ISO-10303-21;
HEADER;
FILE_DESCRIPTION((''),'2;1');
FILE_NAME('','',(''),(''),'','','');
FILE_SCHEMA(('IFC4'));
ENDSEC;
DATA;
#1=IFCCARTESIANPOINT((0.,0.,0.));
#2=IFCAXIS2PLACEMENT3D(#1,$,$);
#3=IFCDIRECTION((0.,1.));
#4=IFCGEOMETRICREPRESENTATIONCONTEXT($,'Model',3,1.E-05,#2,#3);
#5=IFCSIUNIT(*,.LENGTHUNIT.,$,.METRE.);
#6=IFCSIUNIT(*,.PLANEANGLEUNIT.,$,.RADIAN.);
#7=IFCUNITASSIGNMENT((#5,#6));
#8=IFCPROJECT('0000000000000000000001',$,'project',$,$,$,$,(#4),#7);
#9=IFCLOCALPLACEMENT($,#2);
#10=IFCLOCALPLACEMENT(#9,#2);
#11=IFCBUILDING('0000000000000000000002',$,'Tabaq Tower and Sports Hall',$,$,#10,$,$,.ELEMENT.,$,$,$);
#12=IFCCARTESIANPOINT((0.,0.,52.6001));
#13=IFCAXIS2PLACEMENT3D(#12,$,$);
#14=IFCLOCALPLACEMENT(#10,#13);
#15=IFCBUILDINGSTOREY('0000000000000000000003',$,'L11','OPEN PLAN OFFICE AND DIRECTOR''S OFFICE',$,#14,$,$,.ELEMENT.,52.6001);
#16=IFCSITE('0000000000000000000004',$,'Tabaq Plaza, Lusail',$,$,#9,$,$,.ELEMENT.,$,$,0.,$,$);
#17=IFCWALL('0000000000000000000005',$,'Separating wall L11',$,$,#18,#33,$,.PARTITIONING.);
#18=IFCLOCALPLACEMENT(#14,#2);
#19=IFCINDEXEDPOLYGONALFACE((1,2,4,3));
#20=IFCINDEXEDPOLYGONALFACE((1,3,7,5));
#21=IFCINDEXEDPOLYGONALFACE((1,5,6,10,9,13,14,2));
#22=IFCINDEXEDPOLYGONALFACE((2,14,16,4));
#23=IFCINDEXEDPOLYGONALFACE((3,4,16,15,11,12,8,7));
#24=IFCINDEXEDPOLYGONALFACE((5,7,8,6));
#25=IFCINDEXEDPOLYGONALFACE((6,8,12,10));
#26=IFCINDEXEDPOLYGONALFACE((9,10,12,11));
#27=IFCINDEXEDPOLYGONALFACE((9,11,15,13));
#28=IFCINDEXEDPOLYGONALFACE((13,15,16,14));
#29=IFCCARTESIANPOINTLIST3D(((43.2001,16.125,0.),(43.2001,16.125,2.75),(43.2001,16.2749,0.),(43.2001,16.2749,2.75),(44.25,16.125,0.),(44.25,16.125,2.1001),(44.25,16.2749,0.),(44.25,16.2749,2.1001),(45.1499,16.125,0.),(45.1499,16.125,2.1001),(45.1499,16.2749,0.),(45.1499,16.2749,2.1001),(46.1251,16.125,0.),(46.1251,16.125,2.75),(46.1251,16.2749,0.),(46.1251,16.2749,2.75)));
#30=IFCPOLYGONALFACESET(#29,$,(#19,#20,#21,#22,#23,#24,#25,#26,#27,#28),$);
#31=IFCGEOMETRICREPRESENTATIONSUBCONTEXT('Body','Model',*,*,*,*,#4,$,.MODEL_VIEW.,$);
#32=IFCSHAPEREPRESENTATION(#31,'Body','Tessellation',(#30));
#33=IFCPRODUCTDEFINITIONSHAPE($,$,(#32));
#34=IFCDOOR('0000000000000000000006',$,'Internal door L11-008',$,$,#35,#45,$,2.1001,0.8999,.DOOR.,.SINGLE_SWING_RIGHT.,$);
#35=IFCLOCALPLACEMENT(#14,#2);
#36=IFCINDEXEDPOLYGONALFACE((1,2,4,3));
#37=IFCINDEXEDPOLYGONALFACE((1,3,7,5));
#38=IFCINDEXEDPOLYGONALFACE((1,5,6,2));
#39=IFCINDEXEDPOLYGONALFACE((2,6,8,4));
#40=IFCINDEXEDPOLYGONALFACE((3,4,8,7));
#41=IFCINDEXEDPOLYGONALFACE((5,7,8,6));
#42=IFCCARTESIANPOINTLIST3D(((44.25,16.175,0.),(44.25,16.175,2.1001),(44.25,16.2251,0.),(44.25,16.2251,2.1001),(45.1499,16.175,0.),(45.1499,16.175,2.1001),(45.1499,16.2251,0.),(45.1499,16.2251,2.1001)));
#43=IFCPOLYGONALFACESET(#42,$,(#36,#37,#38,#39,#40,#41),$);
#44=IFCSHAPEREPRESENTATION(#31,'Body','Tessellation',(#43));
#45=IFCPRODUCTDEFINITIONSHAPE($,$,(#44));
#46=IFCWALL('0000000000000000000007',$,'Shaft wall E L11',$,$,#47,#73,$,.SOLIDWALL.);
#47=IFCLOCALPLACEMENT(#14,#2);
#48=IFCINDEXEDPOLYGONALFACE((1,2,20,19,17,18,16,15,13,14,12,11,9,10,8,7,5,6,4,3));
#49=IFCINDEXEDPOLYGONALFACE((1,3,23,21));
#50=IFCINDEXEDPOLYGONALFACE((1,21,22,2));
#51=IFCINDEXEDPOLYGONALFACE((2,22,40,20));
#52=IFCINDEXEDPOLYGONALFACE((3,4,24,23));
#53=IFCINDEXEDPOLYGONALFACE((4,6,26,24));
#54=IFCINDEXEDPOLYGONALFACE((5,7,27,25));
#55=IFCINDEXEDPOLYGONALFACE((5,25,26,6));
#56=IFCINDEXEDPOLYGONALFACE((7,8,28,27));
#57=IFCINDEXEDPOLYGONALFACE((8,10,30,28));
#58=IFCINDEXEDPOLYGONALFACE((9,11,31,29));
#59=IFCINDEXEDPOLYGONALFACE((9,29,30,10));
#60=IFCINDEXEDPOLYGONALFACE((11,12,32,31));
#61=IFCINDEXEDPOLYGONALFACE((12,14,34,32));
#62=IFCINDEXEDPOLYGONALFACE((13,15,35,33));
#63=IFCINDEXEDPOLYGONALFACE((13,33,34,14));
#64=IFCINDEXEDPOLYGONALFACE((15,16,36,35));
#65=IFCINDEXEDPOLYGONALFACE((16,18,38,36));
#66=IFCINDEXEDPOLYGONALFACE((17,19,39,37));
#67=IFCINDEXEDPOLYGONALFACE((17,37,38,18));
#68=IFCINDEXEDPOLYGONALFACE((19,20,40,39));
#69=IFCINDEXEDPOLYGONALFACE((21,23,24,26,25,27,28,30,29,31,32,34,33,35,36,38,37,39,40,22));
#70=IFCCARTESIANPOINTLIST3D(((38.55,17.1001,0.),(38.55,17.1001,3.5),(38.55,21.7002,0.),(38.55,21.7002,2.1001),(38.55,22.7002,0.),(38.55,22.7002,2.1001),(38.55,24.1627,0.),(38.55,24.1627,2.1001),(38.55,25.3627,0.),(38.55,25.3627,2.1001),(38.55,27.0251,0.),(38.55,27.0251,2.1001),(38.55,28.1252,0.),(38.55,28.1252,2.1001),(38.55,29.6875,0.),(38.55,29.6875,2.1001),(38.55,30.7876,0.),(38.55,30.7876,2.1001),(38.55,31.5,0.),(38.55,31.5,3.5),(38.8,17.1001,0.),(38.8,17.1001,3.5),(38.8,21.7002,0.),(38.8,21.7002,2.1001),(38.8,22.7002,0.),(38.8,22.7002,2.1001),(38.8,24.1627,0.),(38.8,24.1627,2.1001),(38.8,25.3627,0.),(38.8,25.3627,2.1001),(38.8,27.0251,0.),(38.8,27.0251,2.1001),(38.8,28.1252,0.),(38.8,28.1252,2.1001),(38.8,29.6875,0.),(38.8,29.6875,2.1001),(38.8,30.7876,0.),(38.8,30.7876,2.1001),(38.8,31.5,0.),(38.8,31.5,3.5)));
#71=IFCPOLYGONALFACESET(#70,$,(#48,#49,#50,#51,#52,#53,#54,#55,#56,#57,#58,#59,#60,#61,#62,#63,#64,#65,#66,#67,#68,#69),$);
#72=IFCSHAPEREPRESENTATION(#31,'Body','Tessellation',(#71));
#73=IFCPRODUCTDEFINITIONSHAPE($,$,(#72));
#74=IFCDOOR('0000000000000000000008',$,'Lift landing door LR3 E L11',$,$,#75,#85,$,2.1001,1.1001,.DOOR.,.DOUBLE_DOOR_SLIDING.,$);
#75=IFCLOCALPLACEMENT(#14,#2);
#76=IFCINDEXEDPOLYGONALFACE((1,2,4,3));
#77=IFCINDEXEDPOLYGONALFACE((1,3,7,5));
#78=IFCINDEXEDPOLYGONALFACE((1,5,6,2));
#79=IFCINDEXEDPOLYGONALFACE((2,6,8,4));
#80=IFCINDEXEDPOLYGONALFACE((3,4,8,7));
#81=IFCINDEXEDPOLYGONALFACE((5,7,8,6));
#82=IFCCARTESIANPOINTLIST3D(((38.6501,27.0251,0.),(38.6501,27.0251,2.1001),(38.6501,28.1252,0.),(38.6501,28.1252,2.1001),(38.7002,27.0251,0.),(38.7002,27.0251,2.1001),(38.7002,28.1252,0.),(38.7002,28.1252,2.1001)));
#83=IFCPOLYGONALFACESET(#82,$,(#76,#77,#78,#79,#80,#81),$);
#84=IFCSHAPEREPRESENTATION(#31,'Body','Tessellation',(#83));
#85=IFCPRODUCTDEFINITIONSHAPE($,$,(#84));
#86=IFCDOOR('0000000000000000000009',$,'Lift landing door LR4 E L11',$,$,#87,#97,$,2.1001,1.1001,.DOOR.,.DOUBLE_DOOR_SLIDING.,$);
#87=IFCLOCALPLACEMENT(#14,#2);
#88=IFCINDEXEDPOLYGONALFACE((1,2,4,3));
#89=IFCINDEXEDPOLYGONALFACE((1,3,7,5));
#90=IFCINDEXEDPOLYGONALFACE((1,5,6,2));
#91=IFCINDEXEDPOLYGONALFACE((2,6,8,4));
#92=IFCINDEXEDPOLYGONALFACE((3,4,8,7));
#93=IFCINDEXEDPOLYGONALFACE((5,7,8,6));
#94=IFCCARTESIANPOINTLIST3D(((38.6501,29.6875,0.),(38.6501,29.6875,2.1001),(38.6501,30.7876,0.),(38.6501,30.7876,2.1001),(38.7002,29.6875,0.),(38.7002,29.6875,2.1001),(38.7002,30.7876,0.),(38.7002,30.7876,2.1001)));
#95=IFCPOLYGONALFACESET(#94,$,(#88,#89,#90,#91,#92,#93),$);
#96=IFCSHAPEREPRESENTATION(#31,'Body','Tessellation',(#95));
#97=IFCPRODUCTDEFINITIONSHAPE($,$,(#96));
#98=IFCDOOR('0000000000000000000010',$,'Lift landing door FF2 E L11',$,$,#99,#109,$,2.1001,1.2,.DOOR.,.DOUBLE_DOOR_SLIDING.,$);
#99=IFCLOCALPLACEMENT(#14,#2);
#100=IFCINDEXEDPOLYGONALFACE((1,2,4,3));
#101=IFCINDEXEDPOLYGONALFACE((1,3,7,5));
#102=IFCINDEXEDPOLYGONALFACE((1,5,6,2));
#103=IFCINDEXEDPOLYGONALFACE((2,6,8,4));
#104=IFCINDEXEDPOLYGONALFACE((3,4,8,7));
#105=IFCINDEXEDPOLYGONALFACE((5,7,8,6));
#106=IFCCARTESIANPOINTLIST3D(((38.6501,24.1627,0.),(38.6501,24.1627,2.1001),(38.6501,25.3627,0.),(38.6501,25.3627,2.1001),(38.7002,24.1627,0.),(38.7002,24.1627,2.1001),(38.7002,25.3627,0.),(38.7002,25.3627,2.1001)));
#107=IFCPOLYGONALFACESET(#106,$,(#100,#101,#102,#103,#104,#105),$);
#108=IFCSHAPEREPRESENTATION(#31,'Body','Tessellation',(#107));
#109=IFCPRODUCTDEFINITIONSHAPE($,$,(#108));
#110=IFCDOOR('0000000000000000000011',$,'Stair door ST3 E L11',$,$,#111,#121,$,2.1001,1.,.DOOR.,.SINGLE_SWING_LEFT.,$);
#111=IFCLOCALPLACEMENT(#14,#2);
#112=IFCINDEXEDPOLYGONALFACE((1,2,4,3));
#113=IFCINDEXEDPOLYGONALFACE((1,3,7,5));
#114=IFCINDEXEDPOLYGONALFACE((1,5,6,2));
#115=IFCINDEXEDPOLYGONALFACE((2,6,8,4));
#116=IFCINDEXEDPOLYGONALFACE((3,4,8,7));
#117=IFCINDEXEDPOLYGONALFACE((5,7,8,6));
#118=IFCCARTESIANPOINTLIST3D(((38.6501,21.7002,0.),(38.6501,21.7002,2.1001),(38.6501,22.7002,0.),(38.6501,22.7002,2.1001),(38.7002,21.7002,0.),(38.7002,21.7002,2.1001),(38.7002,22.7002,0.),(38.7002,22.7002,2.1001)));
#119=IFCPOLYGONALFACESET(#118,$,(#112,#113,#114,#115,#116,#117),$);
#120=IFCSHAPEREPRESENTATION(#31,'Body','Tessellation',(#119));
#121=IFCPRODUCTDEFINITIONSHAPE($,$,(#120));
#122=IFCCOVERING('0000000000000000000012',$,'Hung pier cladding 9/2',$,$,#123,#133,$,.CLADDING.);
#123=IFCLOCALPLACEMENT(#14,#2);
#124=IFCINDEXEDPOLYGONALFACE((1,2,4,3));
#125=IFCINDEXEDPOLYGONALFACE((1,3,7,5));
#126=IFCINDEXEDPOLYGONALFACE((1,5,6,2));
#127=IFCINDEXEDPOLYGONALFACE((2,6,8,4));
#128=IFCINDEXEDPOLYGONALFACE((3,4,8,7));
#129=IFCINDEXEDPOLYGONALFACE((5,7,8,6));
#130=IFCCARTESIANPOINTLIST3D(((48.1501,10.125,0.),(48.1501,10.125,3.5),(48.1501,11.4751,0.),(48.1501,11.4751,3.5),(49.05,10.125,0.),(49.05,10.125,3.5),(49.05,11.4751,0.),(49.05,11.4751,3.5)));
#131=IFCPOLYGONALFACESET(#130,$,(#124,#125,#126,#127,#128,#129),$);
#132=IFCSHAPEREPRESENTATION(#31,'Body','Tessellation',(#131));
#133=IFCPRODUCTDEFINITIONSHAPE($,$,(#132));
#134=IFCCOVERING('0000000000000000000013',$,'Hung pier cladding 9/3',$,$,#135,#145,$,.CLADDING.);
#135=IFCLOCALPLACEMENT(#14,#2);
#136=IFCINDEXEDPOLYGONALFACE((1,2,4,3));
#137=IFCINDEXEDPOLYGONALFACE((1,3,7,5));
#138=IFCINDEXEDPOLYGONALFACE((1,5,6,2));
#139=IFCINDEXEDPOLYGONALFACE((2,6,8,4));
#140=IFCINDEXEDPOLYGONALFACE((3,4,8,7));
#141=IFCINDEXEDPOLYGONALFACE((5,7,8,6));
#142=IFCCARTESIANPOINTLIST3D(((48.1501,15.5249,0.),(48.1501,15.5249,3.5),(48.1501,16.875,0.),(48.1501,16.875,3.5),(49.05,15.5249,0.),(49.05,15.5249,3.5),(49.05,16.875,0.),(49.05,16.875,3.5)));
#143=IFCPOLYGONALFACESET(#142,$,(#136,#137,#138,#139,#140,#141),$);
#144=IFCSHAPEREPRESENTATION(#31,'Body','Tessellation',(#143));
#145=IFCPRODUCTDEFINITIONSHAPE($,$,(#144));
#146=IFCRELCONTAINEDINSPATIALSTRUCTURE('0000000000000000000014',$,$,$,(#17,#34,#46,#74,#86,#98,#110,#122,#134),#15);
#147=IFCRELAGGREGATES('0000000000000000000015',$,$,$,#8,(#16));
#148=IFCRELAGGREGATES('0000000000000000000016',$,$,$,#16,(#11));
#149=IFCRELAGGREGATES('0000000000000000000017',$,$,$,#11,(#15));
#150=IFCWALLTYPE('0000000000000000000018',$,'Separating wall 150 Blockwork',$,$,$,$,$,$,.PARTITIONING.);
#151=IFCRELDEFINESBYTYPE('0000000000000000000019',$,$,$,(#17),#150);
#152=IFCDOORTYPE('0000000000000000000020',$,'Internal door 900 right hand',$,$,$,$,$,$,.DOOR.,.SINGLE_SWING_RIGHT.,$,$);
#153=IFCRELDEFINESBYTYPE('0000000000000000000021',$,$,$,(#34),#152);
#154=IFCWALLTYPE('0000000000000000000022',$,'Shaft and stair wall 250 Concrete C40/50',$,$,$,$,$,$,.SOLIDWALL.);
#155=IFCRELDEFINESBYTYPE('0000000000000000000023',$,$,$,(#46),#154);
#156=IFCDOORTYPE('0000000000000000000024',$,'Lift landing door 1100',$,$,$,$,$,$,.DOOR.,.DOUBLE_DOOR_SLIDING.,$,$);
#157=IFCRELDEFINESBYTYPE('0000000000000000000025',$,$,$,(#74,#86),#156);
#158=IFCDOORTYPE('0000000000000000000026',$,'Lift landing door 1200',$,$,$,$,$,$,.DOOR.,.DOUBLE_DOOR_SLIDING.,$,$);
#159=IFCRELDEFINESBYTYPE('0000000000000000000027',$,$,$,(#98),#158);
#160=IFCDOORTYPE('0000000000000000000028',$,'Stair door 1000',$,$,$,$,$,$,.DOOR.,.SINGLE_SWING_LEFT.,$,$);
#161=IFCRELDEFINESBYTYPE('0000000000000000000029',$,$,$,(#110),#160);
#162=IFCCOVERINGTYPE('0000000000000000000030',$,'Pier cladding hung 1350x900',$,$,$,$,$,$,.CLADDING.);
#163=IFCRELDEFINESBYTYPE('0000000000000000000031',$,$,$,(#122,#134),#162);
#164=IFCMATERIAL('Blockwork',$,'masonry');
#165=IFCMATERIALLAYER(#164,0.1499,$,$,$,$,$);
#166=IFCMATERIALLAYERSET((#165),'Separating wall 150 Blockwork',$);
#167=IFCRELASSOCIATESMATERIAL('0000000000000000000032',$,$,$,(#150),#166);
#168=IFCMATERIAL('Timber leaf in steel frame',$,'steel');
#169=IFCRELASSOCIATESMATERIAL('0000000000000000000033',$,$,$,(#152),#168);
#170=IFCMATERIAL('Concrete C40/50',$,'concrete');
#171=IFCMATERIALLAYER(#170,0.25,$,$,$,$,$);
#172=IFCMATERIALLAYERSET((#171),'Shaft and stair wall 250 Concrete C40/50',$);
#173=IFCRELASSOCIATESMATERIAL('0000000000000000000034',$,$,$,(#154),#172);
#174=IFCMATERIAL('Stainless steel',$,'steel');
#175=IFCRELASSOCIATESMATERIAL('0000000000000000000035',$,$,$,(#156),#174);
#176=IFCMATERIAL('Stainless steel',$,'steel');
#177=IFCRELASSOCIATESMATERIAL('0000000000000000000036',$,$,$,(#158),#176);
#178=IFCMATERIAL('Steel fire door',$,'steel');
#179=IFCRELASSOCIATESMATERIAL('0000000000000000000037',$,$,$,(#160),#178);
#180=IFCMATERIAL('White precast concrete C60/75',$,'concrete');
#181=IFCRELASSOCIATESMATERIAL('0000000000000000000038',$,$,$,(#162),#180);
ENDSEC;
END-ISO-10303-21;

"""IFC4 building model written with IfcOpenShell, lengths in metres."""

from ifc_helpers import new_model, si_unit, direction, frame, frame_2d, origin, place, context, subcontext, project, spatial, rectangle, extrude, material, layer, layer_set, type_object, element, fill, save


model = new_model("IFC4")

# Units and contexts
model_context = context("Model", 3, precision=1e-05, world=origin(), true_north=direction((0.0, 1.0)))
body_context = subcontext(model_context, "Body", "Model", "MODEL_VIEW")
ifc_project = project(units=[si_unit("LENGTHUNIT", "METRE"), si_unit("PLANEANGLEUNIT", "RADIAN")], contexts=[model_context])

# Site, building, storey
site_placement = place(None, origin())
site = spatial("IfcSite", under=ifc_project, at=site_placement, Name="Tabaq Plaza, Lusail", CompositionType="ELEMENT", RefElevation=0.0)
building_placement = place(site_placement, origin())
building = spatial("IfcBuilding", under=site, at=building_placement, Name="Tabaq Tower and Sports Hall", CompositionType="ELEMENT")
storey_placement = place(building_placement, frame((0.0, 0.0, 52.6001)))
storey = spatial("IfcBuildingStorey", under=building, at=storey_placement, Name="L11", Description="OPEN PLAN OFFICE AND DIRECTOR'S OFFICE", CompositionType="ELEMENT", Elevation=52.6001)

# Wall, opening, door
ifc_material_1 = material(Name="Blockwork", Category="masonry")
ifc_layer_1 = layer(ifc_material_1, 0.1499)
ifc_layer_set_1 = layer_set([ifc_layer_1], Name="Separating wall 150 Blockwork")
wall_type_1 = type_object("IfcWallType", Name="Separating wall 150 Blockwork", PredefinedType="PARTITIONING", material=ifc_layer_set_1)
wall_1_placement = place(storey_placement, frame((46.125, 16.2, 0.0), z_axis=(0.0, 0.0, 1.0), x_axis=(-1.0, 0.0, 0.0)))
wall_1 = element("IfcWall", 1, at=wall_1_placement, inside=storey, type_object=wall_type_1, Name="Separating wall L11", PredefinedType="PARTITIONING", context=body_context, shape_type="SweptSolid", body=[
    extrude(rectangle(XDim=2.925, YDim=0.1499, at=frame_2d((1.4624, 0.0))), origin(), (0.0, 0.0, 1.0), 2.75),
])
opening_1_placement = place(wall_1_placement, frame((0.9751, 0.0, 0.0)))
opening_1 = element("IfcOpeningElement", 2, at=opening_1_placement, cuts=wall_1, PredefinedType="OPENING", context=body_context, shape_type="SweptSolid", body=[
    extrude(rectangle(XDim=0.8999, YDim=2.1001, at=frame_2d((0.45, 1.05))), frame((0.0, 0.075, 0.0), z_axis=(0.0, -1.0, 0.0), x_axis=(1.0, 0.0, 0.0)), (0.0, 0.0, 1.0), 0.1499),
])
ifc_material_2 = material(Name="Timber leaf in steel frame", Category="steel")
door_type_1 = type_object("IfcDoorType", Name="Internal door 900 right hand", OperationType="SINGLE_SWING_RIGHT", PredefinedType="DOOR", material=ifc_material_2)
door_1_placement = place(opening_1_placement, origin())
door_1 = element("IfcDoor", 3, at=door_1_placement, inside=storey, type_object=door_type_1, Name="Internal door L11-008", OperationType="SINGLE_SWING_RIGHT", OverallHeight=2.1001, OverallWidth=0.8999, PredefinedType="DOOR", context=body_context, shape_type="SweptSolid", body=[
    extrude(rectangle(XDim=0.8999, YDim=2.1001, at=frame_2d((0.45, 1.05))), frame((0.0, 0.0249, 0.0), z_axis=(0.0, -1.0, 0.0), x_axis=(1.0, 0.0, 0.0)), (0.0, 0.0, 1.0), 0.05),
])
fill(opening_1, door_1)

# Wall, openings, doors
ifc_material_3 = material(Name="Concrete C40/50", Category="concrete")
ifc_layer_2 = layer(ifc_material_3, 0.25)
ifc_layer_set_2 = layer_set([ifc_layer_2], Name="Shaft and stair wall 250 Concrete C40/50")
wall_type_2 = type_object("IfcWallType", Name="Shaft and stair wall 250 Concrete C40/50", PredefinedType="SOLIDWALL", material=ifc_layer_set_2)
wall_2_placement = place(storey_placement, frame((38.675, 17.1001, 0.0), z_axis=(0.0, 0.0, 1.0), x_axis=(0.0, 1.0, 0.0)))
wall_2 = element("IfcWall", 4, at=wall_2_placement, inside=storey, type_object=wall_type_2, Name="Shaft wall E L11", PredefinedType="SOLIDWALL", context=body_context, shape_type="SweptSolid", body=[
    extrude(rectangle(XDim=14.3999, YDim=0.25, at=frame_2d((7.2, 0.0))), origin(), (0.0, 0.0, 1.0), 3.5),
])
opening_2_placement = place(wall_2_placement, frame((4.6001, 0.0, 0.0)))
opening_2 = element("IfcOpeningElement", 5, at=opening_2_placement, cuts=wall_2, PredefinedType="OPENING", context=body_context, shape_type="SweptSolid", body=[
    extrude(rectangle(XDim=1.0, YDim=2.1001, at=frame_2d((0.5, 1.05))), frame((0.0, 0.125, 0.0), z_axis=(0.0, -1.0, 0.0), x_axis=(1.0, 0.0, 0.0)), (0.0, 0.0, 1.0), 0.25),
])
opening_3_placement = place(wall_2_placement, frame((7.0625, 0.0, 0.0)))
opening_3 = element("IfcOpeningElement", 6, at=opening_3_placement, cuts=wall_2, PredefinedType="OPENING", context=body_context, shape_type="SweptSolid", body=[
    extrude(rectangle(XDim=1.2, YDim=2.1001, at=frame_2d((0.6001, 1.05))), frame((0.0, 0.125, 0.0), z_axis=(0.0, -1.0, 0.0), x_axis=(1.0, 0.0, 0.0)), (0.0, 0.0, 1.0), 0.25),
])
opening_4_placement = place(wall_2_placement, frame((9.925, 0.0, 0.0)))
opening_4 = element("IfcOpeningElement", 7, at=opening_4_placement, cuts=wall_2, PredefinedType="OPENING", context=body_context, shape_type="SweptSolid", body=[
    extrude(rectangle(XDim=1.1001, YDim=2.1001, at=frame_2d((0.55, 1.05))), frame((0.0, 0.125, 0.0), z_axis=(0.0, -1.0, 0.0), x_axis=(1.0, 0.0, 0.0)), (0.0, 0.0, 1.0), 0.25),
])
opening_5_placement = place(wall_2_placement, frame((12.5874, 0.0, 0.0)))
opening_5 = element("IfcOpeningElement", 8, at=opening_5_placement, cuts=wall_2, PredefinedType="OPENING", context=body_context, shape_type="SweptSolid", body=[
    extrude(rectangle(XDim=1.1001, YDim=2.1001, at=frame_2d((0.55, 1.05))), frame((0.0, 0.125, 0.0), z_axis=(0.0, -1.0, 0.0), x_axis=(1.0, 0.0, 0.0)), (0.0, 0.0, 1.0), 0.25),
])
ifc_material_4 = material(Name="Stainless steel", Category="steel")
door_type_2 = type_object("IfcDoorType", Name="Lift landing door 1100", OperationType="DOUBLE_DOOR_SLIDING", PredefinedType="DOOR", material=ifc_material_4)
door_2_placement = place(opening_4_placement, origin())
door_2 = element("IfcDoor", 9, at=door_2_placement, inside=storey, type_object=door_type_2, Name="Lift landing door LR3 E L11", OperationType="DOUBLE_DOOR_SLIDING", OverallHeight=2.1001, OverallWidth=1.1001, PredefinedType="DOOR", context=body_context, shape_type="SweptSolid", body=[
    extrude(rectangle(XDim=1.1001, YDim=2.1001, at=frame_2d((0.55, 1.05))), frame((0.0, 0.0249, 0.0), z_axis=(0.0, -1.0, 0.0), x_axis=(1.0, 0.0, 0.0)), (0.0, 0.0, 1.0), 0.05),
])
fill(opening_4, door_2)
door_3_placement = place(opening_5_placement, origin())
door_3 = element("IfcDoor", 10, at=door_3_placement, inside=storey, type_object=door_type_2, Name="Lift landing door LR4 E L11", OperationType="DOUBLE_DOOR_SLIDING", OverallHeight=2.1001, OverallWidth=1.1001, PredefinedType="DOOR", context=body_context, shape_type="SweptSolid", body=[
    extrude(rectangle(XDim=1.1001, YDim=2.1001, at=frame_2d((0.55, 1.05))), frame((0.0, 0.0249, 0.0), z_axis=(0.0, -1.0, 0.0), x_axis=(1.0, 0.0, 0.0)), (0.0, 0.0, 1.0), 0.05),
])
fill(opening_5, door_3)
ifc_material_5 = material(Name="Stainless steel", Category="steel")
door_type_3 = type_object("IfcDoorType", Name="Lift landing door 1200", OperationType="DOUBLE_DOOR_SLIDING", PredefinedType="DOOR", material=ifc_material_5)
door_4_placement = place(opening_3_placement, origin())
door_4 = element("IfcDoor", 11, at=door_4_placement, inside=storey, type_object=door_type_3, Name="Lift landing door FF2 E L11", OperationType="DOUBLE_DOOR_SLIDING", OverallHeight=2.1001, OverallWidth=1.2, PredefinedType="DOOR", context=body_context, shape_type="SweptSolid", body=[
    extrude(rectangle(XDim=1.2, YDim=2.1001, at=frame_2d((0.6001, 1.05))), frame((0.0, 0.0249, 0.0), z_axis=(0.0, -1.0, 0.0), x_axis=(1.0, 0.0, 0.0)), (0.0, 0.0, 1.0), 0.05),
])
fill(opening_3, door_4)
ifc_material_6 = material(Name="Steel fire door", Category="steel")
door_type_4 = type_object("IfcDoorType", Name="Stair door 1000", OperationType="SINGLE_SWING_LEFT", PredefinedType="DOOR", material=ifc_material_6)
door_5_placement = place(opening_2_placement, origin())
door_5 = element("IfcDoor", 12, at=door_5_placement, inside=storey, type_object=door_type_4, Name="Stair door ST3 E L11", OperationType="SINGLE_SWING_LEFT", OverallHeight=2.1001, OverallWidth=1.0, PredefinedType="DOOR", context=body_context, shape_type="SweptSolid", body=[
    extrude(rectangle(XDim=1.0, YDim=2.1001, at=frame_2d((0.5, 1.05))), frame((0.0, 0.0249, 0.0), z_axis=(0.0, -1.0, 0.0), x_axis=(1.0, 0.0, 0.0)), (0.0, 0.0, 1.0), 0.05),
])
fill(opening_2, door_5)

# Coverings
ifc_material_7 = material(Name="White precast concrete C60/75", Category="concrete")
covering_type_1 = type_object("IfcCoveringType", Name="Pier cladding hung 1350x900", PredefinedType="CLADDING", material=ifc_material_7)
for number, where, z_axis, x_axis, name in (
    (13, (48.6001, 10.125, 0.0), (0.0, 0.0, 1.0), (0.0, 1.0, 0.0), "Hung pier cladding 9/2"),
    (14, (48.6001, 15.5249, 0.0), (0.0, 0.0, 1.0), (0.0, 1.0, 0.0), "Hung pier cladding 9/3"),
):
    element("IfcCovering", number, at=place(storey_placement, frame(where, z_axis=z_axis, x_axis=x_axis)), inside=storey, type_object=covering_type_1, Name=name, PredefinedType="CLADDING", context=body_context, shape_type="SweptSolid", body=[
        extrude(rectangle(XDim=1.3501, YDim=0.8999, at=frame_2d((0.675, 0.0))), origin(), (0.0, 0.0, 1.0), 3.5),
    ])

save(model, "model.ifc")
